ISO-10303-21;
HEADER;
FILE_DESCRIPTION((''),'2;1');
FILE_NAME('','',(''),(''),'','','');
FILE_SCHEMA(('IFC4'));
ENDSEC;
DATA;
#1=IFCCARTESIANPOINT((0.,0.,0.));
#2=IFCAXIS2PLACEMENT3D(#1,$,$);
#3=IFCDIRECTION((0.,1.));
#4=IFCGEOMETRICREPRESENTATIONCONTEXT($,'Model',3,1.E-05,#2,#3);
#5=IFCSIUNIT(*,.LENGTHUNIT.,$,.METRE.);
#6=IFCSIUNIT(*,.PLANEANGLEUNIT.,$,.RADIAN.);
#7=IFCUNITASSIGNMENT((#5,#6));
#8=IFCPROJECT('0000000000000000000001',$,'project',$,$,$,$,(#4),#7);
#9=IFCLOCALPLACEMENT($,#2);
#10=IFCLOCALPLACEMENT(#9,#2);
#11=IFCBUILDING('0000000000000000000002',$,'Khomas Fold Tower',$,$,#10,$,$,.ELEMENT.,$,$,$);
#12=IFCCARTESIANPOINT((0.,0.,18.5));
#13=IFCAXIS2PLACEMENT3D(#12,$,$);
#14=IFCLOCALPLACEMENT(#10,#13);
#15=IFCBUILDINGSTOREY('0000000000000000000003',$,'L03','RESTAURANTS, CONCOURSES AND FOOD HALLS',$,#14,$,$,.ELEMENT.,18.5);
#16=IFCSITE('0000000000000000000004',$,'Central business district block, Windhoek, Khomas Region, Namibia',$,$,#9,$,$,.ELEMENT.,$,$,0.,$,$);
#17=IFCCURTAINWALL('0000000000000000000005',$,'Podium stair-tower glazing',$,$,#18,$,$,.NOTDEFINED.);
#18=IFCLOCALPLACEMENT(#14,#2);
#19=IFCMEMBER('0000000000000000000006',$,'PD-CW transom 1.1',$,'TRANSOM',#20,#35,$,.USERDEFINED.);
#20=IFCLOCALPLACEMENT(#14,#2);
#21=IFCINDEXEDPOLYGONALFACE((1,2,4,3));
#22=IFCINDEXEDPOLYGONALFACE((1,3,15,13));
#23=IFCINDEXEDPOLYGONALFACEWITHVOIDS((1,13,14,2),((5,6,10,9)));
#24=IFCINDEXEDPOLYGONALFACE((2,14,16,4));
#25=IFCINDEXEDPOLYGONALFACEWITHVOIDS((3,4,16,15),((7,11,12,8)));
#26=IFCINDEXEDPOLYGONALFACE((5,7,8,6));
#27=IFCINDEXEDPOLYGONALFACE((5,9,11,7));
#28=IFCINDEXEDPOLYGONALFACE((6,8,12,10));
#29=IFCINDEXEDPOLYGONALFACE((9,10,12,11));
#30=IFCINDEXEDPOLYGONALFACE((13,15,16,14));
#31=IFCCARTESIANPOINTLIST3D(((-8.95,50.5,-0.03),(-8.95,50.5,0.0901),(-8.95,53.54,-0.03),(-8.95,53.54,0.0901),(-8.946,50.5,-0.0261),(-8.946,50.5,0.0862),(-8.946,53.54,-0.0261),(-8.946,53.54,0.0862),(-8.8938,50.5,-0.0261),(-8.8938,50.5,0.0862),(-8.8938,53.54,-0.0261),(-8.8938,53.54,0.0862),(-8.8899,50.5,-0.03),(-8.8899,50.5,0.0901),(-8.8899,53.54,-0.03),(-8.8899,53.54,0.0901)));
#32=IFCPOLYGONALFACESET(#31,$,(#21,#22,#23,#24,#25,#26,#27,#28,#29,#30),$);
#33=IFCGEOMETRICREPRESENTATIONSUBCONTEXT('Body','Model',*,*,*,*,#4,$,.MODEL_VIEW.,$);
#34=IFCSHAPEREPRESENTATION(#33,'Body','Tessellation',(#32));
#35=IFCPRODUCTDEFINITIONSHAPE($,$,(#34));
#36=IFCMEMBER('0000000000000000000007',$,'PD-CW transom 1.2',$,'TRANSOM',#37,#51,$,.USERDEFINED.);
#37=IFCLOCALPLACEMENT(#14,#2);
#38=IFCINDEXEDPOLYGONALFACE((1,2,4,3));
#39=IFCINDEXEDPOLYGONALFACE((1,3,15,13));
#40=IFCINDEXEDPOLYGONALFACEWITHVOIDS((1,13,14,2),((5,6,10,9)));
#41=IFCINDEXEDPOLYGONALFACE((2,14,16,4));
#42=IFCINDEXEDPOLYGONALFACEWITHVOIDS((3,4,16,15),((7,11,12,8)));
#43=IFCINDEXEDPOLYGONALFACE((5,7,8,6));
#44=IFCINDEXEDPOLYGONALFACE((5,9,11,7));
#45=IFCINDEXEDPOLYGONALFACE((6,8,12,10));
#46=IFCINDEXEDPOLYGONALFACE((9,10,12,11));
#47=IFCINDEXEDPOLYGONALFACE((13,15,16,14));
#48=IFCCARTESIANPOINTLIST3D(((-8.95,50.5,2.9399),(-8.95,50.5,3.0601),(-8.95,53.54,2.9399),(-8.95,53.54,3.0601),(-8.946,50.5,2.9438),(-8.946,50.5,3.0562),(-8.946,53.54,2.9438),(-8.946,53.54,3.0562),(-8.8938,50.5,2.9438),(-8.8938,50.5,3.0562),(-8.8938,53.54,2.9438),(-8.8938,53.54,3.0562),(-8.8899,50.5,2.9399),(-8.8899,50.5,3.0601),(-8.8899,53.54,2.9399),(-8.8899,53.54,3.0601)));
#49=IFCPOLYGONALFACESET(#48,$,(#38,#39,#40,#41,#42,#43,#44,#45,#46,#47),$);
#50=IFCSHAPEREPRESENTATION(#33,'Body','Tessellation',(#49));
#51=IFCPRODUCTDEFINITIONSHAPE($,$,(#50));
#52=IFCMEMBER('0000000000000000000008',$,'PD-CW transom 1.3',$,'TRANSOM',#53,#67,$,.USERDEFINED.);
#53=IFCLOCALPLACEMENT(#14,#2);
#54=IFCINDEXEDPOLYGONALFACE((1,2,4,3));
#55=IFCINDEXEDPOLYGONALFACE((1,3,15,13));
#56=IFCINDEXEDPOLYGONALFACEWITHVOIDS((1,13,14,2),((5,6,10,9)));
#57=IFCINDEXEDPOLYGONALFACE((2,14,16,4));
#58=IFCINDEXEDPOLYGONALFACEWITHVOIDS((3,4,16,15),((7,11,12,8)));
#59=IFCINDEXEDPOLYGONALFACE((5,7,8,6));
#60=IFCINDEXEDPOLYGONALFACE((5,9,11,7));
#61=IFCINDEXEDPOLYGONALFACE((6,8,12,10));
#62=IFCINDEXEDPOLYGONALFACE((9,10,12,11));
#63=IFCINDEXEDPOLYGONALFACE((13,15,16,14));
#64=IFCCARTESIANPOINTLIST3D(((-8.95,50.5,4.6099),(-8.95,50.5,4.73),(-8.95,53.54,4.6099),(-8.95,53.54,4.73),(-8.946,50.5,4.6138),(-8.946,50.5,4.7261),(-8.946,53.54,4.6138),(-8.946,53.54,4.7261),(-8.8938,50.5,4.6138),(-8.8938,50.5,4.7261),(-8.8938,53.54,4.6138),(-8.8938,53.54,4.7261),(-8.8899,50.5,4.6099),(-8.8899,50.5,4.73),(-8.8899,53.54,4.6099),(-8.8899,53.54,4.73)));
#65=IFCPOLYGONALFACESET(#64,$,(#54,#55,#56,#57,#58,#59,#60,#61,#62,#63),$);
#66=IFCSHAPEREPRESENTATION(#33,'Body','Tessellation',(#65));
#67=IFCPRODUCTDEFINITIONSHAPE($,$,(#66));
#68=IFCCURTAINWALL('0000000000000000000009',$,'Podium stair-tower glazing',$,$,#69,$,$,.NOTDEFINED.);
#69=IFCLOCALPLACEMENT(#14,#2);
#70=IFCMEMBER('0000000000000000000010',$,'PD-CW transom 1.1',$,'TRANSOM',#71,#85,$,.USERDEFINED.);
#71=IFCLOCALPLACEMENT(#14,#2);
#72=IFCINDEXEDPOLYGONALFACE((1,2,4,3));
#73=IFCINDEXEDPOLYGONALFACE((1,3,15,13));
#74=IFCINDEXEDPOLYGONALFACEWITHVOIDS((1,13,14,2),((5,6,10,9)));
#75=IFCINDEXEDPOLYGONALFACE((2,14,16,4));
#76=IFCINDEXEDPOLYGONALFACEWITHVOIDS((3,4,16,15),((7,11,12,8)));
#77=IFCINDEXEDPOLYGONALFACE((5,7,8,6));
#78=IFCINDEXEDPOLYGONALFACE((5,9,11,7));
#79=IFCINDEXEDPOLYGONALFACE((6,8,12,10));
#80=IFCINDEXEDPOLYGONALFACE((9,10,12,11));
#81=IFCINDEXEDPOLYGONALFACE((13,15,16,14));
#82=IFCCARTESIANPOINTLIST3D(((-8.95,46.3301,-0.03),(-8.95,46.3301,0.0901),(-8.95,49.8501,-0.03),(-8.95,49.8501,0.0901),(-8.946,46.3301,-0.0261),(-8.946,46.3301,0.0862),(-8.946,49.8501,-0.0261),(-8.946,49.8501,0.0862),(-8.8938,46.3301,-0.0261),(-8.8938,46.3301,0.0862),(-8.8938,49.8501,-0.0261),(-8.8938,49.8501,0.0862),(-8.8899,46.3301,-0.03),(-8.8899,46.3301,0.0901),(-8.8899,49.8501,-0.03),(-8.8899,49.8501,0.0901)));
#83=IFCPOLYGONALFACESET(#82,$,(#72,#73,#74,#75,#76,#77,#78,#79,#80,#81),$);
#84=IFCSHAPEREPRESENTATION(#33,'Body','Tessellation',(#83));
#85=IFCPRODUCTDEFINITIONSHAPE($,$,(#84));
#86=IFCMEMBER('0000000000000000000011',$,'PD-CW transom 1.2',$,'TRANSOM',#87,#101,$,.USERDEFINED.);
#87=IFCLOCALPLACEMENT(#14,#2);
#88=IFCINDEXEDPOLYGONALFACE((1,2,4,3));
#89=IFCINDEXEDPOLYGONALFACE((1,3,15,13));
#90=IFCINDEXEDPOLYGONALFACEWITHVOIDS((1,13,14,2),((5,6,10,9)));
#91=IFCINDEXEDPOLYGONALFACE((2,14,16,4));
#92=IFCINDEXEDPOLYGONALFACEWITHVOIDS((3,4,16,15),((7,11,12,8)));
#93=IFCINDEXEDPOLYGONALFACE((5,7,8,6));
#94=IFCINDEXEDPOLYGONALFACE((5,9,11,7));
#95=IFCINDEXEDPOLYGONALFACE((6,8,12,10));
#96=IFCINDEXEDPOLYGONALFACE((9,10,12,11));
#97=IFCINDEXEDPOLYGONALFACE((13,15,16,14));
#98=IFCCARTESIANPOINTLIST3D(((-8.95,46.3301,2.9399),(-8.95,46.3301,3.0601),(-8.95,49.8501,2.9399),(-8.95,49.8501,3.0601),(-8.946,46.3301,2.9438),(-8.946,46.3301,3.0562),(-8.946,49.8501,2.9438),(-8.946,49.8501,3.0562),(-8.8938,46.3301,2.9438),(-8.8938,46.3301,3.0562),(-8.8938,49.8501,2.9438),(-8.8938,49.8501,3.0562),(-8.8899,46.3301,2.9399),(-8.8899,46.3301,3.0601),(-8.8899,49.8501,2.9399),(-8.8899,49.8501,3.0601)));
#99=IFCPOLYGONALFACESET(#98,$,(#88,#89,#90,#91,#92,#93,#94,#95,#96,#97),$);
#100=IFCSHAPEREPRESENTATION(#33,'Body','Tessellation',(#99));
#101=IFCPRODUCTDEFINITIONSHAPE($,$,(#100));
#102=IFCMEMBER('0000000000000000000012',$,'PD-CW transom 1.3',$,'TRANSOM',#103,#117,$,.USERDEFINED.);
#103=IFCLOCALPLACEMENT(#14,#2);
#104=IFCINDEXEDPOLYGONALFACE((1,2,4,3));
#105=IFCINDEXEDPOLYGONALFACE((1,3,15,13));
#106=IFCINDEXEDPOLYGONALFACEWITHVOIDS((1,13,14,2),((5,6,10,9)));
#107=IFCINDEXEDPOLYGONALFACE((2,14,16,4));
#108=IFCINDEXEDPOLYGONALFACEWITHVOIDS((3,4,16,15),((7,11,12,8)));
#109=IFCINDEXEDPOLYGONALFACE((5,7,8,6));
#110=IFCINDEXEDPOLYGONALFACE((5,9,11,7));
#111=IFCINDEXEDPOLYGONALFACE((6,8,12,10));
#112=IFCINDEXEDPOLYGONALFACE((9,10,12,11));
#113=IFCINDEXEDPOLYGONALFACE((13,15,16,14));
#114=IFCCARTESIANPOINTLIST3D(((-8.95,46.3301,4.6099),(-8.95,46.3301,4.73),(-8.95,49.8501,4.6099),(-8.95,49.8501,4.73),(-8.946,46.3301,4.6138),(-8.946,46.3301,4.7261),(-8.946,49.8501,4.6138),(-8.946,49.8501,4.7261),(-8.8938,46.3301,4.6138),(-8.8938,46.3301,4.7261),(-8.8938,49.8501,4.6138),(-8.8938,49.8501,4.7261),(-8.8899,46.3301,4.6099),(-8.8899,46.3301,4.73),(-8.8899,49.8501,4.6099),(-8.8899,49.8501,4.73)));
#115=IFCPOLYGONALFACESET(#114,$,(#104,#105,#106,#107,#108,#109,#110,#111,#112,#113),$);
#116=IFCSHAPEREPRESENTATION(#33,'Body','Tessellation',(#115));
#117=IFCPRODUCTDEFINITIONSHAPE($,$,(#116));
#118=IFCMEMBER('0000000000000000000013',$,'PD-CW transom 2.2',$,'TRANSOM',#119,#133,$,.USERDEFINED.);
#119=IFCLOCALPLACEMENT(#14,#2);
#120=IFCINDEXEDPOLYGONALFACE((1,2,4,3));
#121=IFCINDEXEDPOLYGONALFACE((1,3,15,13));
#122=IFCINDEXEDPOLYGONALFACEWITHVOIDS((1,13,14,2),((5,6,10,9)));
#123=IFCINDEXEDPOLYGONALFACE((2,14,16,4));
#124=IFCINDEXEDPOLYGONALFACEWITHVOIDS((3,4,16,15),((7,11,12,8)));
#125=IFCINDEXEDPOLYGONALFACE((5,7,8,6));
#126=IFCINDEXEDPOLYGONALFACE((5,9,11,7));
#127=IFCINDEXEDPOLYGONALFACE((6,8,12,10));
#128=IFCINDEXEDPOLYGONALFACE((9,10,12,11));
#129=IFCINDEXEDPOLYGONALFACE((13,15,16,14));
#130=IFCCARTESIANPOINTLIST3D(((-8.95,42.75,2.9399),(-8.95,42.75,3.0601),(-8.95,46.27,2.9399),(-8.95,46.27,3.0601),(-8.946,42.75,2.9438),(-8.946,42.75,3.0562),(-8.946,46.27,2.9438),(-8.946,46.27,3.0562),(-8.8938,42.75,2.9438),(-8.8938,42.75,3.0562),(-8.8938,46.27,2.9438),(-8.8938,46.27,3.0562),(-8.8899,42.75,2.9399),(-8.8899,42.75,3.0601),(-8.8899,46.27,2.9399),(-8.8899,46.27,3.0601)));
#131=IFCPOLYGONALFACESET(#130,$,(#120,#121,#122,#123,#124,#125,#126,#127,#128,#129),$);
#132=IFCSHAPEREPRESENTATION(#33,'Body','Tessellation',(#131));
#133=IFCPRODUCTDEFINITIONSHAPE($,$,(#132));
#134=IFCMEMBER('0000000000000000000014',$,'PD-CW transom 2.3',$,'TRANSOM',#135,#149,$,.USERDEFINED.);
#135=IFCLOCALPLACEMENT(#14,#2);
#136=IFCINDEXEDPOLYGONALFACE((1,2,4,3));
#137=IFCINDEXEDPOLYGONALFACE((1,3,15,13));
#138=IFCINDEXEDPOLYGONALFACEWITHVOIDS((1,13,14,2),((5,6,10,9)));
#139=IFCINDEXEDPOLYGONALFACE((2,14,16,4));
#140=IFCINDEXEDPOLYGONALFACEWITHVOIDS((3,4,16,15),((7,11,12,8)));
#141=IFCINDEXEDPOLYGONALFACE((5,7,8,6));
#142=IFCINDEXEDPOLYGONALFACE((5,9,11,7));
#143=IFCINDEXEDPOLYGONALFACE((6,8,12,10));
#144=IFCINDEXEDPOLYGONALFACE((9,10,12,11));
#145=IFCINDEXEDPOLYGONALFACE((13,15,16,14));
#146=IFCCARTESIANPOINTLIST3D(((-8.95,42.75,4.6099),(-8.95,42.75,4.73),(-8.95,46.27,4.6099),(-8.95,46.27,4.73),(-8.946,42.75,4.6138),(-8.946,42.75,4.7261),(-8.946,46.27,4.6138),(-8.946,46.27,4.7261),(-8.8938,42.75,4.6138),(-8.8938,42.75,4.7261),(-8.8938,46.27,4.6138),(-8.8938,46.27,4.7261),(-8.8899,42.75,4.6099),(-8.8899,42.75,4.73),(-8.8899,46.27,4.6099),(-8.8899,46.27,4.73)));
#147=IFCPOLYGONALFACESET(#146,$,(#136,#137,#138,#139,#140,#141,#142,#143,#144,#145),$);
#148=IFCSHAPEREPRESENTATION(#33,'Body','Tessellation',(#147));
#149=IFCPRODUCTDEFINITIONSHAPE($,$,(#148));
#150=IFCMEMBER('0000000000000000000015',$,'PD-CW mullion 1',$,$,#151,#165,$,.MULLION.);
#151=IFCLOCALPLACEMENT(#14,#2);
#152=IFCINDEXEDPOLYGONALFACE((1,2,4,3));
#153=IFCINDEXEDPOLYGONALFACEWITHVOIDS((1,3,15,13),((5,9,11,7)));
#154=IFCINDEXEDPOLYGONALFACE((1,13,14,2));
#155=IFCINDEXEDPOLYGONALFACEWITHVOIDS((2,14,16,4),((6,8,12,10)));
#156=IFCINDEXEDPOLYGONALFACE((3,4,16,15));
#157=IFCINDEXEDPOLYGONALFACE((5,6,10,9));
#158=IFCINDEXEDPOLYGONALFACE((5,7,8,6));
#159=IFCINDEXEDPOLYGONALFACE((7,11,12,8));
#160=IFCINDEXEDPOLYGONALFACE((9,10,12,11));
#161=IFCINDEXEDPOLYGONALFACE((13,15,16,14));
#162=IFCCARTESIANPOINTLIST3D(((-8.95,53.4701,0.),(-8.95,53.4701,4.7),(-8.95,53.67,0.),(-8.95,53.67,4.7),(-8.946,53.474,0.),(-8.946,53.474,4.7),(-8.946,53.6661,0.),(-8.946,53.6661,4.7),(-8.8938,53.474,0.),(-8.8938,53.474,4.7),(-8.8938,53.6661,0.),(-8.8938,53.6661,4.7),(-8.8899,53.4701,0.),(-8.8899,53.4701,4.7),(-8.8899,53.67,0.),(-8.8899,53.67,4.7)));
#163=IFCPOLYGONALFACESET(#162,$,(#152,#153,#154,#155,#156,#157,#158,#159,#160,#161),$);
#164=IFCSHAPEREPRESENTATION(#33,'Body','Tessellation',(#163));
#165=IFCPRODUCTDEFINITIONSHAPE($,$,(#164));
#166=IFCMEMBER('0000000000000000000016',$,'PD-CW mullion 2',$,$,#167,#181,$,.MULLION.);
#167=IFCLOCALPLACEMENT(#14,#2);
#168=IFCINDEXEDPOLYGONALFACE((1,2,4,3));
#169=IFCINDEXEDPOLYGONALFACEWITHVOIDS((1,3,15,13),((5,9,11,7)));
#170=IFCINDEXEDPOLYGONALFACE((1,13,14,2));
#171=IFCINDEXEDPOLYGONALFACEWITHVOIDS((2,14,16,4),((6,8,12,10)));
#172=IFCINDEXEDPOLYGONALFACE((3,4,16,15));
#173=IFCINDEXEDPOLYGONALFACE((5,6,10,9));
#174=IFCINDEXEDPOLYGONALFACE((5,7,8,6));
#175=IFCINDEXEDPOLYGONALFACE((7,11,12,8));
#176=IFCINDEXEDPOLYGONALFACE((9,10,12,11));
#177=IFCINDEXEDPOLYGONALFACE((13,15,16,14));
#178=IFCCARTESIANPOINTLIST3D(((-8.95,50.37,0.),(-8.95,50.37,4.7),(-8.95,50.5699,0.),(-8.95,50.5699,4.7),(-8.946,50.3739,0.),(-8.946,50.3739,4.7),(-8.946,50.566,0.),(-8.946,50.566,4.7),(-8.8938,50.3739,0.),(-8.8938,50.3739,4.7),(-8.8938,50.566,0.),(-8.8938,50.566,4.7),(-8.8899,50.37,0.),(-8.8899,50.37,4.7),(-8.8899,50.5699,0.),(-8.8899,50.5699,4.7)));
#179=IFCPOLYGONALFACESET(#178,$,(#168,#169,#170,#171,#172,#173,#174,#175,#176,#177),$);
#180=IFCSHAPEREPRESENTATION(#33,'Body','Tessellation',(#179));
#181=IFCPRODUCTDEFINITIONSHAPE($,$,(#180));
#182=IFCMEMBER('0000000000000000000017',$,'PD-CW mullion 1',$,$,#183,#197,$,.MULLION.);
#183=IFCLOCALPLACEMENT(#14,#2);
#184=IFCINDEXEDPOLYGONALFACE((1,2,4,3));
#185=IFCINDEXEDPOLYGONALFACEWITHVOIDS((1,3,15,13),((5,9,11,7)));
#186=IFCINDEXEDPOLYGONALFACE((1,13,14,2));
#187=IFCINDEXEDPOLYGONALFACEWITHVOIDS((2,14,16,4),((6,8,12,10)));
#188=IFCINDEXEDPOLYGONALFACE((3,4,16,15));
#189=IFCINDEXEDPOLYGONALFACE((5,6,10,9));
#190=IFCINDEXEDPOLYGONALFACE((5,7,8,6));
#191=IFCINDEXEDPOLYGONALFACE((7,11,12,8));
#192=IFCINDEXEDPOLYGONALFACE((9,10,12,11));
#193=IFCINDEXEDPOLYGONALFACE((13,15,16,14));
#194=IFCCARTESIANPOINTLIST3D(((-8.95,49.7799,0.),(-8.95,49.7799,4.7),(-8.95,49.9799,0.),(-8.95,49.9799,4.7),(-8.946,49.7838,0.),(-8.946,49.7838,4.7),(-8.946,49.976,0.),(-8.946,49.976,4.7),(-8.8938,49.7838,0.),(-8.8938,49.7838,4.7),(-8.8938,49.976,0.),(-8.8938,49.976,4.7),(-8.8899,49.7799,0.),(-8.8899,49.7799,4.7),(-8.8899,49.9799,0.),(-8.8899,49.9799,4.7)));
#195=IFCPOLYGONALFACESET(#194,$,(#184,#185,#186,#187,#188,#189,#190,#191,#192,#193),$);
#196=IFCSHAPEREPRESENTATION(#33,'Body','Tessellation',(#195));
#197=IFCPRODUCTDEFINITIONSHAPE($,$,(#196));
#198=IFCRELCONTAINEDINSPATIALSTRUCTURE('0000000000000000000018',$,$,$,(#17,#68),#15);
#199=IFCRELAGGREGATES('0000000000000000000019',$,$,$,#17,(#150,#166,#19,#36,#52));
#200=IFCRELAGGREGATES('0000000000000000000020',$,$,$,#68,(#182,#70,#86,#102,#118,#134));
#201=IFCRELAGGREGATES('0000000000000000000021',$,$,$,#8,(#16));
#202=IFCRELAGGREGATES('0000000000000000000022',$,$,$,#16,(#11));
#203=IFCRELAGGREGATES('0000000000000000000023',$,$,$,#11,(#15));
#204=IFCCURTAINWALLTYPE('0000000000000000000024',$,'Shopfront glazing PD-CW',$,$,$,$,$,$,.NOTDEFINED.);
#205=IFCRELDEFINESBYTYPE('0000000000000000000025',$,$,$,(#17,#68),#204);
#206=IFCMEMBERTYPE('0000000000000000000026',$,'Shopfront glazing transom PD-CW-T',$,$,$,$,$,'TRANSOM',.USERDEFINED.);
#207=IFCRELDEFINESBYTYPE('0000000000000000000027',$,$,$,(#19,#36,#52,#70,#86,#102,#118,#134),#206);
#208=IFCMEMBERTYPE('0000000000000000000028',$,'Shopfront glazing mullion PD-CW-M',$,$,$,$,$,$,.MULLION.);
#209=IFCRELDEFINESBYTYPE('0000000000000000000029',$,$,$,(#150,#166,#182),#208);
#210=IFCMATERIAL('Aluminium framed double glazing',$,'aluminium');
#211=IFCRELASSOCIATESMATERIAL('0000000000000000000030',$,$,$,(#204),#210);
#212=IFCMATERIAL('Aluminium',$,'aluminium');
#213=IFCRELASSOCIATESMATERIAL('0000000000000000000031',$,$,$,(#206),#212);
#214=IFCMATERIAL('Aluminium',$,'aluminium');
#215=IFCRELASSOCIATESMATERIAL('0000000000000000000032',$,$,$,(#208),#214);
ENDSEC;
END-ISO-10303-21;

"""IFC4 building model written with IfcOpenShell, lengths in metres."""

from ifc_helpers import new_model, si_unit, direction, frame, origin, origin_2d, place, context, subcontext, project, spatial, hollow_rectangle, extrude, source, transform, mapped, material, material_profile, profile_set, type_object, element, aggregate, save


model = new_model("IFC4")

# Units and contexts
model_context = context("Model", 3, precision=1e-05, world=origin(), true_north=direction((0.0, 1.0)))
body_context = subcontext(model_context, "Body", "Model", "MODEL_VIEW")
ifc_project = project(units=[si_unit("LENGTHUNIT", "METRE"), si_unit("PLANEANGLEUNIT", "RADIAN")], contexts=[model_context])

# Site, building, storey
site_placement = place(None, origin())
site = spatial("IfcSite", under=ifc_project, at=site_placement, Name="Central business district block, Windhoek, Khomas Region, Namibia", CompositionType="ELEMENT", RefElevation=0.0)
building_placement = place(site_placement, origin())
building = spatial("IfcBuilding", under=site, at=building_placement, Name="Khomas Fold Tower", CompositionType="ELEMENT")
storey_placement = place(building_placement, frame((0.0, 0.0, 18.5)))
storey = spatial("IfcBuildingStorey", under=building, at=storey_placement, Name="L03", Description="RESTAURANTS, CONCOURSES AND FOOD HALLS", CompositionType="ELEMENT", Elevation=18.5)

# Curtain walls, members
ifc_material_1 = material(Name="Aluminium framed double glazing", Category="aluminium")
curtain_wall_type = type_object("IfcCurtainWallType", Name="Shopfront glazing PD-CW", PredefinedType="NOTDEFINED", material=ifc_material_1)
curtain_wall_1_placement = place(storey_placement, origin())
curtain_wall_1 = element("IfcCurtainWall", 1, at=curtain_wall_1_placement, inside=storey, type_object=curtain_wall_type, Name="Podium stair-tower glazing", PredefinedType="NOTDEFINED")
ifc_material_2 = material(Name="Aluminium", Category="aluminium")
ifc_material_profile_1 = material_profile(ifc_material_2, hollow_rectangle(XDim=0.0601, YDim=0.1201, WallThickness=0.0039, at=origin_2d()), Name="Shopfront glazing transom PD-CW-T")
ifc_profile_set_1 = profile_set([ifc_material_profile_1], Name="Aluminium")
member_type_1 = type_object("IfcMemberType", Name="Shopfront glazing transom PD-CW-T", ElementType="TRANSOM", PredefinedType="USERDEFINED", material=ifc_profile_set_1)
shared_shape_1 = source(origin(), body_context, "Body", "SweptSolid", [
    extrude(hollow_rectangle(XDim=0.0601, YDim=0.1201, WallThickness=0.0039, at=origin_2d()), origin(), (0.0, 0.0, 1.0), 3.04),
])
member_1_placement = place(storey_placement, frame((-8.9199, 53.54, 0.03), z_axis=(0.0, -1.0, 0.0), x_axis=(1.0, 0.0, 0.0)))
member_1 = element("IfcMember", 2, at=member_1_placement, type_object=member_type_1, Name="PD-CW transom 1.1", ObjectType="TRANSOM", PredefinedType="USERDEFINED", context=body_context, shape_type="MappedRepresentation", body=[
    mapped(shared_shape_1, transform((0.0, 0.0, 0.0))),
])
member_2_placement = place(storey_placement, frame((-8.9199, 53.54, 3.0), z_axis=(0.0, -1.0, 0.0), x_axis=(1.0, 0.0, 0.0)))
member_2 = element("IfcMember", 3, at=member_2_placement, type_object=member_type_1, Name="PD-CW transom 1.2", ObjectType="TRANSOM", PredefinedType="USERDEFINED", context=body_context, shape_type="MappedRepresentation", body=[
    mapped(shared_shape_1, transform((0.0, 0.0, 0.0))),
])
member_3_placement = place(storey_placement, frame((-8.9199, 53.54, 4.6699), z_axis=(0.0, -1.0, 0.0), x_axis=(1.0, 0.0, 0.0)))
member_3 = element("IfcMember", 4, at=member_3_placement, type_object=member_type_1, Name="PD-CW transom 1.3", ObjectType="TRANSOM", PredefinedType="USERDEFINED", context=body_context, shape_type="MappedRepresentation", body=[
    mapped(shared_shape_1, transform((0.0, 0.0, 0.0))),
])
curtain_wall_2_placement = place(storey_placement, origin())
curtain_wall_2 = element("IfcCurtainWall", 5, at=curtain_wall_2_placement, inside=storey, type_object=curtain_wall_type, Name="Podium stair-tower glazing", PredefinedType="NOTDEFINED")
shared_shape_2 = source(origin(), body_context, "Body", "SweptSolid", [
    extrude(hollow_rectangle(XDim=0.0601, YDim=0.1201, WallThickness=0.0039, at=origin_2d()), origin(), (0.0, 0.0, 1.0), 3.52),
])
member_4_placement = place(storey_placement, frame((-8.9199, 49.8501, 0.03), z_axis=(0.0, -1.0, 0.0), x_axis=(1.0, 0.0, 0.0)))
member_4 = element("IfcMember", 6, at=member_4_placement, type_object=member_type_1, Name="PD-CW transom 1.1", ObjectType="TRANSOM", PredefinedType="USERDEFINED", context=body_context, shape_type="MappedRepresentation", body=[
    mapped(shared_shape_2, transform((0.0, 0.0, 0.0))),
])
member_5_placement = place(storey_placement, frame((-8.9199, 49.8501, 3.0), z_axis=(0.0, -1.0, 0.0), x_axis=(1.0, 0.0, 0.0)))
member_5 = element("IfcMember", 7, at=member_5_placement, type_object=member_type_1, Name="PD-CW transom 1.2", ObjectType="TRANSOM", PredefinedType="USERDEFINED", context=body_context, shape_type="MappedRepresentation", body=[
    mapped(shared_shape_2, transform((0.0, 0.0, 0.0))),
])
member_6_placement = place(storey_placement, frame((-8.9199, 49.8501, 4.6699), z_axis=(0.0, -1.0, 0.0), x_axis=(1.0, 0.0, 0.0)))
member_6 = element("IfcMember", 8, at=member_6_placement, type_object=member_type_1, Name="PD-CW transom 1.3", ObjectType="TRANSOM", PredefinedType="USERDEFINED", context=body_context, shape_type="MappedRepresentation", body=[
    mapped(shared_shape_2, transform((0.0, 0.0, 0.0))),
])
member_7_placement = place(storey_placement, frame((-8.9199, 46.27, 3.0), z_axis=(0.0, -1.0, 0.0), x_axis=(1.0, 0.0, 0.0)))
member_7 = element("IfcMember", 9, at=member_7_placement, type_object=member_type_1, Name="PD-CW transom 2.2", ObjectType="TRANSOM", PredefinedType="USERDEFINED", context=body_context, shape_type="MappedRepresentation", body=[
    mapped(shared_shape_2, transform((0.0, 0.0, 0.0))),
])
member_8_placement = place(storey_placement, frame((-8.9199, 46.27, 4.6699), z_axis=(0.0, -1.0, 0.0), x_axis=(1.0, 0.0, 0.0)))
member_8 = element("IfcMember", 10, at=member_8_placement, type_object=member_type_1, Name="PD-CW transom 2.3", ObjectType="TRANSOM", PredefinedType="USERDEFINED", context=body_context, shape_type="MappedRepresentation", body=[
    mapped(shared_shape_2, transform((0.0, 0.0, 0.0))),
])

# Members
ifc_material_3 = material(Name="Aluminium", Category="aluminium")
ifc_material_profile_2 = material_profile(ifc_material_3, hollow_rectangle(XDim=0.0601, YDim=0.2, WallThickness=0.0039, at=origin_2d()), Name="Shopfront glazing mullion PD-CW-M")
ifc_profile_set_2 = profile_set([ifc_material_profile_2], Name="Aluminium")
member_type_2 = type_object("IfcMemberType", Name="Shopfront glazing mullion PD-CW-M", PredefinedType="MULLION", material=ifc_profile_set_2)
shared_shape_3 = source(origin(), body_context, "Body", "SweptSolid", [
    extrude(hollow_rectangle(XDim=0.0601, YDim=0.2, WallThickness=0.0039, at=origin_2d()), origin(), (0.0, 0.0, 1.0), 4.7),
])
member_9_placement = place(storey_placement, frame((-8.9199, 53.5701, 0.0), z_axis=(0.0, 0.0, 1.0), x_axis=(1.0, 0.0, 0.0)))
member_9 = element("IfcMember", 11, at=member_9_placement, type_object=member_type_2, Name="PD-CW mullion 1", PredefinedType="MULLION", context=body_context, shape_type="MappedRepresentation", body=[
    mapped(shared_shape_3, transform((0.0, 0.0, 0.0))),
])
member_10_placement = place(storey_placement, frame((-8.9199, 50.47, 0.0), z_axis=(0.0, 0.0, 1.0), x_axis=(1.0, 0.0, 0.0)))
member_10 = element("IfcMember", 12, at=member_10_placement, type_object=member_type_2, Name="PD-CW mullion 2", PredefinedType="MULLION", context=body_context, shape_type="MappedRepresentation", body=[
    mapped(shared_shape_3, transform((0.0, 0.0, 0.0))),
])
member_11_placement = place(storey_placement, frame((-8.9199, 49.8799, 0.0), z_axis=(0.0, 0.0, 1.0), x_axis=(1.0, 0.0, 0.0)))
member_11 = element("IfcMember", 13, at=member_11_placement, type_object=member_type_2, Name="PD-CW mullion 1", PredefinedType="MULLION", context=body_context, shape_type="MappedRepresentation", body=[
    mapped(shared_shape_3, transform((0.0, 0.0, 0.0))),
])

aggregate(curtain_wall_1, [member_9, member_10, member_1, member_2, member_3])
aggregate(curtain_wall_2, [member_11, member_4, member_5, member_6, member_7, member_8])

save(model, "model.ifc")
